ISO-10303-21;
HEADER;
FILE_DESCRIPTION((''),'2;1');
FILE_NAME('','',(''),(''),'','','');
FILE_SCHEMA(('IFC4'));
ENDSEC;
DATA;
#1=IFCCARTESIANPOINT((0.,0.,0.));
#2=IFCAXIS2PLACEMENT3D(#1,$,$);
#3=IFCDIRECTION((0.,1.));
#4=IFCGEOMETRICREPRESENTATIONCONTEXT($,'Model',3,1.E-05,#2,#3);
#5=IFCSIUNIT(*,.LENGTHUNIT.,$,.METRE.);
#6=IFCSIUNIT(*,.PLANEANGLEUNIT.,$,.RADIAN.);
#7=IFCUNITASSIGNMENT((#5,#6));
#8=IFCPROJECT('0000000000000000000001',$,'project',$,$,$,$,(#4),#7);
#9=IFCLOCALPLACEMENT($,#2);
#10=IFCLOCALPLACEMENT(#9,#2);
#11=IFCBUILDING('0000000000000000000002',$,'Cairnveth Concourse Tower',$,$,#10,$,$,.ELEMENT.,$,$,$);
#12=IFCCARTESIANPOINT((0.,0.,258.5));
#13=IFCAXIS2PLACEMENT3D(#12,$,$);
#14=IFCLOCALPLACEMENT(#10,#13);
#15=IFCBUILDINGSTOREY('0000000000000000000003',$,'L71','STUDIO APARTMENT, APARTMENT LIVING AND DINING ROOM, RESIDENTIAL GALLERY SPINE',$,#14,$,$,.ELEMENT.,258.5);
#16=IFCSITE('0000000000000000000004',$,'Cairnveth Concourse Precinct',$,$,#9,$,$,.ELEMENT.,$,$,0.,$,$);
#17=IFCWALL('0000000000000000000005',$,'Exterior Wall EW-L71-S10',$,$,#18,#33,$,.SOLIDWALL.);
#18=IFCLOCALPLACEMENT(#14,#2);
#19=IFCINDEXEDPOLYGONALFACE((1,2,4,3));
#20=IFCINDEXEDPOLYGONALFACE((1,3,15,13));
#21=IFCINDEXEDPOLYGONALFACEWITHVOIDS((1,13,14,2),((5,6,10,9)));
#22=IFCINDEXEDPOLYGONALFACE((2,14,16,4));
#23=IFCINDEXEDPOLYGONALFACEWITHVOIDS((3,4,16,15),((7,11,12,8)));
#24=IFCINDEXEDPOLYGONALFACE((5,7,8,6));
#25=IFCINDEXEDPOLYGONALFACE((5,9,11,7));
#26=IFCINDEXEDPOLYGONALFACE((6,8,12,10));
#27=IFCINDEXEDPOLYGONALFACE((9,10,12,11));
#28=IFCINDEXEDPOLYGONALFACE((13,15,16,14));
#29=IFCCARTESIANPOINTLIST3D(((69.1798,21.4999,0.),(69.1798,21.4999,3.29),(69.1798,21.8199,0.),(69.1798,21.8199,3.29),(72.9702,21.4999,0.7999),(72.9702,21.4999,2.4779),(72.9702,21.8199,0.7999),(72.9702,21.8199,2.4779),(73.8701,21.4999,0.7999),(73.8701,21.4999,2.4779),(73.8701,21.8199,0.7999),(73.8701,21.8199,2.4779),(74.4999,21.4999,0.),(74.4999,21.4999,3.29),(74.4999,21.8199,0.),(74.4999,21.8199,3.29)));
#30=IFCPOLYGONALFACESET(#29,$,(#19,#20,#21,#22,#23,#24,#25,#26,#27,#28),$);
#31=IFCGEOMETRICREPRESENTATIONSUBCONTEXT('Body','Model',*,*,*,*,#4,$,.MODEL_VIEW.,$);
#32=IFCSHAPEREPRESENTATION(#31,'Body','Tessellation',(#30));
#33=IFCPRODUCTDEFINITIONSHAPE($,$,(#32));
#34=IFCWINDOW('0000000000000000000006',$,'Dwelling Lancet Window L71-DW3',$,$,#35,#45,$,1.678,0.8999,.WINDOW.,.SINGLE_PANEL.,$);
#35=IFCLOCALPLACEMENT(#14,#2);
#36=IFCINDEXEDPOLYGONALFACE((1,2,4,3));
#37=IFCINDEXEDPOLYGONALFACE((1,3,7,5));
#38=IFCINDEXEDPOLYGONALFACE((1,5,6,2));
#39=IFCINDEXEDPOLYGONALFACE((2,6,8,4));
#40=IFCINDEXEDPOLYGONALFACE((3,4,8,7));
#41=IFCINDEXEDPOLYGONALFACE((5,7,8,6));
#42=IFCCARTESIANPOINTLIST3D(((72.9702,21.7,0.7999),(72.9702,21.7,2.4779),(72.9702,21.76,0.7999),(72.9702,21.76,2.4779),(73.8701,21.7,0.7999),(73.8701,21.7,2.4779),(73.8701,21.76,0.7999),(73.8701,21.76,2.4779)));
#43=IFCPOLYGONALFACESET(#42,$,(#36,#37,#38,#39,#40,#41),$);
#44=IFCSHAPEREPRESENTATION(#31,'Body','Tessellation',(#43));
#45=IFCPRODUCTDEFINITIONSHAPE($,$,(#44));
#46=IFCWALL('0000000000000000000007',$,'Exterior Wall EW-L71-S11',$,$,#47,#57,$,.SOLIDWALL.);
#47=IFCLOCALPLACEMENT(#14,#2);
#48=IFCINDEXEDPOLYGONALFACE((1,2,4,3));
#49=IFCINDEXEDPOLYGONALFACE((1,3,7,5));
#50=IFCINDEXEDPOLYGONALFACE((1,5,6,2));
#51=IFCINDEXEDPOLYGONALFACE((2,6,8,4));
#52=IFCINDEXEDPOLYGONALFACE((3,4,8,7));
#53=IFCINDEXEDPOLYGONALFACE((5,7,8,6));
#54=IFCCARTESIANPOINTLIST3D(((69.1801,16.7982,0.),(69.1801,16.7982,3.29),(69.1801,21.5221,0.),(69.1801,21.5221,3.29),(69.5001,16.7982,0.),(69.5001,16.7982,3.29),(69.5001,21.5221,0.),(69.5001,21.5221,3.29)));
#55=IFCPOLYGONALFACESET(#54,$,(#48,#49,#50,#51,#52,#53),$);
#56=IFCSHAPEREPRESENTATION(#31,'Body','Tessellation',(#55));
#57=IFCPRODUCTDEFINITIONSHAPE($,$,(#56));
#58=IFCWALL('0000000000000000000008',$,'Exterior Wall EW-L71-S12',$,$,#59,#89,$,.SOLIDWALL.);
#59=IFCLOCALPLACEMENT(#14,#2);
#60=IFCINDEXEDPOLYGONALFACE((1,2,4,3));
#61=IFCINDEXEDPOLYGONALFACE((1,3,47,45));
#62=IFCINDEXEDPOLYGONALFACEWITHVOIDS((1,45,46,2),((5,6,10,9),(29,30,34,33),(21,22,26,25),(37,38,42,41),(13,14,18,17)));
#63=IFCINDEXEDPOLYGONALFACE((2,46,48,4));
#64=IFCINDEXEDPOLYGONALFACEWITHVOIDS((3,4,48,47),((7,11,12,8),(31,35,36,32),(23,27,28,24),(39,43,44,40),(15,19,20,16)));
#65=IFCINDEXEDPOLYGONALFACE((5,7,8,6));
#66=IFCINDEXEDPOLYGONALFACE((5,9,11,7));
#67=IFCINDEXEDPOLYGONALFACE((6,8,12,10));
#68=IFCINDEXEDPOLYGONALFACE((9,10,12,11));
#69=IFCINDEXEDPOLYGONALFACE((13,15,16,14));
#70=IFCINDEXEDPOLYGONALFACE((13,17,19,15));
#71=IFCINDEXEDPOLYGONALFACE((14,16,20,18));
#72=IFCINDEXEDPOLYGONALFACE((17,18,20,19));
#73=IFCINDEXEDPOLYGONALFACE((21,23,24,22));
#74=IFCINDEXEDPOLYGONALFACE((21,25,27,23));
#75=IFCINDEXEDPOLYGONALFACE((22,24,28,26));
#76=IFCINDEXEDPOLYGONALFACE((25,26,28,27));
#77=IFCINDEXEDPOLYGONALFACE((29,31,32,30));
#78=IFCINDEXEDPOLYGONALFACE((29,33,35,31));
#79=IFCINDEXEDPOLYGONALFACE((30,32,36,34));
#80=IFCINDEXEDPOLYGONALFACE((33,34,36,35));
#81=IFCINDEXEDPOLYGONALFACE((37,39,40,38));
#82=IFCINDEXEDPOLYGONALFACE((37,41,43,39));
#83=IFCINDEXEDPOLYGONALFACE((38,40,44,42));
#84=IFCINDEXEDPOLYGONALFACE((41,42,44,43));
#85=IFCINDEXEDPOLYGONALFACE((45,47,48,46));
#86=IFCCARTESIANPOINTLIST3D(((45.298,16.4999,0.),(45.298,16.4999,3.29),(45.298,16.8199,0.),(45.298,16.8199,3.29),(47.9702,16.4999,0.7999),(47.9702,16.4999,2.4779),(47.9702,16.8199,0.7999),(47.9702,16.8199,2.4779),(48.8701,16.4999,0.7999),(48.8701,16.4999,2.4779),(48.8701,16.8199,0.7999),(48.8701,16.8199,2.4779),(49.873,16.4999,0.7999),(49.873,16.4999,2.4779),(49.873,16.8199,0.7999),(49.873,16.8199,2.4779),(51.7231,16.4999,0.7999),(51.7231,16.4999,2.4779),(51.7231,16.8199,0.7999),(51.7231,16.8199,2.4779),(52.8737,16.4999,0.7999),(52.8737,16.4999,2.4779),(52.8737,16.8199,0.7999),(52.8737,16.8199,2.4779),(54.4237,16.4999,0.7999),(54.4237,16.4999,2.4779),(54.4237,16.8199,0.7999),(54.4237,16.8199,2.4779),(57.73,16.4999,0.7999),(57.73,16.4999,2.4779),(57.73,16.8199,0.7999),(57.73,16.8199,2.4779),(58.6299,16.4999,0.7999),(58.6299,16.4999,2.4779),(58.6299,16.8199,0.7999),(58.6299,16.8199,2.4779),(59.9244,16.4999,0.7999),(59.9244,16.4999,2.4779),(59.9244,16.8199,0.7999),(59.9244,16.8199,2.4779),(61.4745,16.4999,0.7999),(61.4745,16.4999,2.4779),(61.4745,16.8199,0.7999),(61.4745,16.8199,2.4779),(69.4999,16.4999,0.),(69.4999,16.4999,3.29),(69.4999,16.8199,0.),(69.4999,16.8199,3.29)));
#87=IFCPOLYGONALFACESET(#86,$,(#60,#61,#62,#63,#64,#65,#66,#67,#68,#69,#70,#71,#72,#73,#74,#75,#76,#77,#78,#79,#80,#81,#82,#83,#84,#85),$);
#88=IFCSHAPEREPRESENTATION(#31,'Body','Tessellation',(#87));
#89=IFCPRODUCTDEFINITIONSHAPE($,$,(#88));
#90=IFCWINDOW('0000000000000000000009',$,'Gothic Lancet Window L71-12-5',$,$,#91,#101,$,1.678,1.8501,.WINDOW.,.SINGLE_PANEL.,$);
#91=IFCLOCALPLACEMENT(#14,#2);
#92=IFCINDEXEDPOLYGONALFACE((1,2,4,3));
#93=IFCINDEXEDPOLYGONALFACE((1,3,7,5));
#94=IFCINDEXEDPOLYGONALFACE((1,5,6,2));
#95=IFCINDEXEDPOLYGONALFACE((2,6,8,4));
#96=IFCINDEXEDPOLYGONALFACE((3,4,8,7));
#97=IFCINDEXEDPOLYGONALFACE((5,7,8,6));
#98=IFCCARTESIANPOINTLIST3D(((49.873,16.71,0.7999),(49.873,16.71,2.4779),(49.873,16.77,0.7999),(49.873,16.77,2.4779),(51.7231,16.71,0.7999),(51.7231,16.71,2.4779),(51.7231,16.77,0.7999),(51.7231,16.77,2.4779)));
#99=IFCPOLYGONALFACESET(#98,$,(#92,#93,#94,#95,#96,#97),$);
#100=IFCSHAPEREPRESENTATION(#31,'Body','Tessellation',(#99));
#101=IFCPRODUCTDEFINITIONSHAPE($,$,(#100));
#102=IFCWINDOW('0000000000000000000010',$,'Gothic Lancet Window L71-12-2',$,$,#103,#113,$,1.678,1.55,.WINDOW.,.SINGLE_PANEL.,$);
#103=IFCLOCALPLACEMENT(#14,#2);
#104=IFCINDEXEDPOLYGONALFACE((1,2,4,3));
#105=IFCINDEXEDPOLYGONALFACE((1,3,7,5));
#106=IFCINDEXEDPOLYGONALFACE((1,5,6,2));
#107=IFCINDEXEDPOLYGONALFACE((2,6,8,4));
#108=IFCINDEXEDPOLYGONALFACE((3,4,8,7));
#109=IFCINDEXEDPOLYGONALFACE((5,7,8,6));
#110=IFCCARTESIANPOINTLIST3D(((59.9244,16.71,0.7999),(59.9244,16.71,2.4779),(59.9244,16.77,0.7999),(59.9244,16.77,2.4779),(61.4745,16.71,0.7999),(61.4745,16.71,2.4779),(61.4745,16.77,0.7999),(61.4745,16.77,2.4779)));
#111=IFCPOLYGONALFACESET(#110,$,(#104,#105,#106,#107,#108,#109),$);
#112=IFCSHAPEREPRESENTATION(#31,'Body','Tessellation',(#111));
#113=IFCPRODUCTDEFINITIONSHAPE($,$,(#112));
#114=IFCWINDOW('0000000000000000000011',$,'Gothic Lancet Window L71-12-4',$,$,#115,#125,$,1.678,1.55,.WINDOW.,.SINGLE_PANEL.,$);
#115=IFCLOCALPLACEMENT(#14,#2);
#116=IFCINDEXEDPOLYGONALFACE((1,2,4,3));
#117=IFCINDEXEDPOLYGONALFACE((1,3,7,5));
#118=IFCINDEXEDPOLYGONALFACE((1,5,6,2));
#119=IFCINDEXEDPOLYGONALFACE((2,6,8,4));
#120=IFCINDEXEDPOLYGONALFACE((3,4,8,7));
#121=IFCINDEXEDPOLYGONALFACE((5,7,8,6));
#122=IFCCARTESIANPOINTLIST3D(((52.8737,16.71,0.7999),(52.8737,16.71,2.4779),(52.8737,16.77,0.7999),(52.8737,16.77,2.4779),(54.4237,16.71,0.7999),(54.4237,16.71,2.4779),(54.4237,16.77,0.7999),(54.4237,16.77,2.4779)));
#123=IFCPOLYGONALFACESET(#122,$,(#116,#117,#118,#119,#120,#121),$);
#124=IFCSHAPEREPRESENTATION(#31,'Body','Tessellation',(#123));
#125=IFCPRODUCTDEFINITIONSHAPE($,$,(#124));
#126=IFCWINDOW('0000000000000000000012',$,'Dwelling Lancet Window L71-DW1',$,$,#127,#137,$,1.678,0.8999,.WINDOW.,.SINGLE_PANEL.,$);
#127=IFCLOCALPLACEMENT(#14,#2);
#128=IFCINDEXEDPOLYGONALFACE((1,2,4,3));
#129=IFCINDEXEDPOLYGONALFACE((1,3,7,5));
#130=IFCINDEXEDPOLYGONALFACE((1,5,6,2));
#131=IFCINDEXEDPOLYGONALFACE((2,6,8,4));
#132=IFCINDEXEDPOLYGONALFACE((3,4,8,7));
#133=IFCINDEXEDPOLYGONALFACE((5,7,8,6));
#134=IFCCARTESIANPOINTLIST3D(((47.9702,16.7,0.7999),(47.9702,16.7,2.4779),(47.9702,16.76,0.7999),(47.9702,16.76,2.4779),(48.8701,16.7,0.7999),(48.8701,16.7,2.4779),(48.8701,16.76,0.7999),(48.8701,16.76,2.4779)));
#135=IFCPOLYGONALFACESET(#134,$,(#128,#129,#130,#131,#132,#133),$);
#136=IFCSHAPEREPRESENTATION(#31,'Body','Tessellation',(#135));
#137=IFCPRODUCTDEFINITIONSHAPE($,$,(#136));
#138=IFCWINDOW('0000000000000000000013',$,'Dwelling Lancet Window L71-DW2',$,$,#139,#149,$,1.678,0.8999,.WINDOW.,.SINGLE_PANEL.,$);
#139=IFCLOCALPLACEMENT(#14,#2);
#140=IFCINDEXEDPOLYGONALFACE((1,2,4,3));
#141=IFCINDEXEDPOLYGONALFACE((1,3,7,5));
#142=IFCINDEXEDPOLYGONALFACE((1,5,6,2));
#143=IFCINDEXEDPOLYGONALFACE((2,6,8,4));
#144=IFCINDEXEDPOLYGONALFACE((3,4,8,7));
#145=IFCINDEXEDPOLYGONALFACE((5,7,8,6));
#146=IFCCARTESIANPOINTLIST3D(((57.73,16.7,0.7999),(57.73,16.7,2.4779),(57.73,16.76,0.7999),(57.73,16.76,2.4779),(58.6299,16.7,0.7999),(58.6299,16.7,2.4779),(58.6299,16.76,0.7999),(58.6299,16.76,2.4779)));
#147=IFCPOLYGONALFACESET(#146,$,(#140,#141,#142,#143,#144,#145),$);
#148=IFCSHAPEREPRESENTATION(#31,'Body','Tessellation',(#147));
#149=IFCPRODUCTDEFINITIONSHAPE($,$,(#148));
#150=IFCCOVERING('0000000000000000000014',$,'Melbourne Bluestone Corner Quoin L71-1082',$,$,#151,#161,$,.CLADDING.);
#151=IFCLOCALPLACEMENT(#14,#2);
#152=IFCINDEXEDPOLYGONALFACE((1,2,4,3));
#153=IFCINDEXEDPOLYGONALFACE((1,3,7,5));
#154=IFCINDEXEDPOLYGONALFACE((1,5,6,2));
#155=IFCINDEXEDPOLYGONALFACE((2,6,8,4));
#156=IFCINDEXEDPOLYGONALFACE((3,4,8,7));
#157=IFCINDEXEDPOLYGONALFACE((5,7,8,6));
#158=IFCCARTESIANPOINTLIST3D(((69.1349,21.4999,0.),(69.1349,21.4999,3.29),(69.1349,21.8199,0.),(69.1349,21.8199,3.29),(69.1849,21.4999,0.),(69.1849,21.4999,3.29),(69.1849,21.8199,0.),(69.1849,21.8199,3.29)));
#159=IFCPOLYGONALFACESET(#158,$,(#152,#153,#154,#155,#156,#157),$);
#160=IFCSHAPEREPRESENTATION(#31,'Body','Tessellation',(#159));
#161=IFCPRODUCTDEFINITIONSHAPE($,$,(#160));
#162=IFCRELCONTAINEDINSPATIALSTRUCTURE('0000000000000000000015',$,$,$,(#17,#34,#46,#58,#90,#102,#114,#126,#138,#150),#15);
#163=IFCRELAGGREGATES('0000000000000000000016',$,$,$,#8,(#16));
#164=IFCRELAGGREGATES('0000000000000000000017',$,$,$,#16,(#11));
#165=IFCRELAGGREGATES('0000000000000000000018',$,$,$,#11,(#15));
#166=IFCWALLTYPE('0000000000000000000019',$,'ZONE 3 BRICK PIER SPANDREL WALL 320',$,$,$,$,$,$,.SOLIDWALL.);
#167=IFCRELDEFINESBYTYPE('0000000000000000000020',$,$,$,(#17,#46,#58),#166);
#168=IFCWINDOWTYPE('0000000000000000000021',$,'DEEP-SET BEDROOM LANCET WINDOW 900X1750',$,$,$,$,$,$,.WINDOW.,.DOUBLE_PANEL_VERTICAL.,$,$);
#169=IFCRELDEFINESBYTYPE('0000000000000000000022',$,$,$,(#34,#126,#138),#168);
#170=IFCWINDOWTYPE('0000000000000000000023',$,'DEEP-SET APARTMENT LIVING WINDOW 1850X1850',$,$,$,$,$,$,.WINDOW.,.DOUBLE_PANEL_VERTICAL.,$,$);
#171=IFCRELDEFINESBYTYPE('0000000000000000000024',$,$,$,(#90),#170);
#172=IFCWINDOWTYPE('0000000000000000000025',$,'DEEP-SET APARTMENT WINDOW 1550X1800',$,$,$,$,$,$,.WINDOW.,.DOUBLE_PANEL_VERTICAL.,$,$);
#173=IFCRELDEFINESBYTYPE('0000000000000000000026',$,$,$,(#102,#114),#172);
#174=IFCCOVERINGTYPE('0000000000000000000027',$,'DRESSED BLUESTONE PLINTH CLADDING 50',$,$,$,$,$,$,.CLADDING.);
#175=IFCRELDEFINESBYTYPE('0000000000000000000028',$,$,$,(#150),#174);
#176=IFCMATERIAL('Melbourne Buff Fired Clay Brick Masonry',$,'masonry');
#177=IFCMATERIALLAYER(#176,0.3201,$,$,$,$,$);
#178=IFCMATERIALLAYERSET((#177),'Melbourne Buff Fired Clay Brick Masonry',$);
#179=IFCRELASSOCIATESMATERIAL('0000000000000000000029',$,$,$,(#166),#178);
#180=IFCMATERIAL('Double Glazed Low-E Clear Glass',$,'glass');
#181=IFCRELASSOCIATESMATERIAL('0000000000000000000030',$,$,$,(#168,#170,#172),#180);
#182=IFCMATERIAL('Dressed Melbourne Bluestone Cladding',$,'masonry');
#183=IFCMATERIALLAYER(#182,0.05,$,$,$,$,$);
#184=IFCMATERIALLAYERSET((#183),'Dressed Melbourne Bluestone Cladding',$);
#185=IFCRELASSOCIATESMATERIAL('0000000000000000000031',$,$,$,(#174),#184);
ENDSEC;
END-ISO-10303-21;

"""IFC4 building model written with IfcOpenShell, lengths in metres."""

from ifc_helpers import new_model, si_unit, direction, frame, frame_2d, origin, place, context, subcontext, project, spatial, rectangle, extrude, material, layer, layer_set, type_object, element, fill, save


model = new_model("IFC4")

# Units and contexts
model_context = context("Model", 3, precision=1e-05, world=origin(), true_north=direction((0.0, 1.0)))
body_context = subcontext(model_context, "Body", "Model", "MODEL_VIEW")
ifc_project = project(units=[si_unit("LENGTHUNIT", "METRE"), si_unit("PLANEANGLEUNIT", "RADIAN")], contexts=[model_context])

# Site, building, storey
site_placement = place(None, origin())
site = spatial("IfcSite", under=ifc_project, at=site_placement, Name="Cairnveth Concourse Precinct", CompositionType="ELEMENT", RefElevation=0.0)
building_placement = place(site_placement, origin())
building = spatial("IfcBuilding", under=site, at=building_placement, Name="Cairnveth Concourse Tower", CompositionType="ELEMENT")
storey_placement = place(building_placement, frame((0.0, 0.0, 258.5)))
storey = spatial("IfcBuildingStorey", under=building, at=storey_placement, Name="L71", Description="STUDIO APARTMENT, APARTMENT LIVING AND DINING ROOM, RESIDENTIAL GALLERY SPINE", CompositionType="ELEMENT", Elevation=258.5)

# Wall, opening, window
ifc_material_1 = material(Name="Melbourne Buff Fired Clay Brick Masonry", Category="masonry")
ifc_layer_1 = layer(ifc_material_1, 0.3201)
ifc_layer_set_1 = layer_set([ifc_layer_1], Name="Melbourne Buff Fired Clay Brick Masonry")
wall_type_1 = type_object("IfcWallType", Name="ZONE 3 BRICK PIER SPANDREL WALL 320", PredefinedType="SOLIDWALL", material=ifc_layer_set_1)
wall_1_placement = place(storey_placement, frame((74.5, 21.6599, 0.0), z_axis=(0.0, 0.0, 1.0), x_axis=(-1.0, 0.0, 0.0)))
wall_1 = element("IfcWall", 1, at=wall_1_placement, inside=storey, type_object=wall_type_1, Name="Exterior Wall EW-L71-S10", PredefinedType="SOLIDWALL", context=body_context, shape_type="SweptSolid", body=[
    extrude(rectangle(XDim=5.3201, YDim=0.3201, at=frame_2d((2.6602, 0.0))), origin(), (0.0, 0.0, 1.0), 3.29),
])
opening_1_placement = place(wall_1_placement, frame((0.6299, 0.0, 0.8)))
opening_1 = element("IfcOpeningElement", 2, at=opening_1_placement, cuts=wall_1, PredefinedType="OPENING", context=body_context, shape_type="SweptSolid", body=[
    extrude(rectangle(XDim=0.8999, YDim=1.678, at=frame_2d((0.45, 0.8389))), frame((0.0, 0.1699, 0.0), z_axis=(0.0, -1.0, 0.0), x_axis=(1.0, 0.0, 0.0)), (0.0, 0.0, 1.0), 0.3401),
])
ifc_material_2 = material(Name="Double Glazed Low-E Clear Glass", Category="glass")
window_type_1 = type_object("IfcWindowType", Name="DEEP-SET BEDROOM LANCET WINDOW 900X1750", PartitioningType="DOUBLE_PANEL_VERTICAL", PredefinedType="WINDOW", material=ifc_material_2)
window_1_placement = place(opening_1_placement, origin())
window_1 = element("IfcWindow", 3, at=window_1_placement, inside=storey, type_object=window_type_1, Name="Dwelling Lancet Window L71-DW3", OverallHeight=1.678, OverallWidth=0.8999, PartitioningType="SINGLE_PANEL", PredefinedType="WINDOW", context=body_context, shape_type="SweptSolid", body=[
    extrude(rectangle(XDim=0.8999, YDim=1.678, at=frame_2d((0.45, 0.8389))), frame((0.0, -0.04, 0.0), z_axis=(0.0, -1.0, 0.0), x_axis=(1.0, 0.0, 0.0)), (0.0, 0.0, 1.0), 0.0601),
])
fill(opening_1, window_1)

# Wall
wall_2_placement = place(storey_placement, frame((69.3401, 21.522, 0.0), z_axis=(0.0, 0.0, 1.0), x_axis=(0.0, -1.0, 0.0)))
element("IfcWall", 4, at=wall_2_placement, inside=storey, type_object=wall_type_1, Name="Exterior Wall EW-L71-S11", PredefinedType="SOLIDWALL", context=body_context, shape_type="SweptSolid", body=[
    extrude(rectangle(XDim=4.7239, YDim=0.3201, at=frame_2d((2.3618, 0.0))), origin(), (0.0, 0.0, 1.0), 3.29),
])

# Wall, openings, windows
wall_3_placement = place(storey_placement, frame((69.5, 16.6599, 0.0), z_axis=(0.0, 0.0, 1.0), x_axis=(-1.0, 0.0, 0.0)))
wall_3 = element("IfcWall", 5, at=wall_3_placement, inside=storey, type_object=wall_type_1, Name="Exterior Wall EW-L71-S12", PredefinedType="SOLIDWALL", context=body_context, shape_type="SweptSolid", body=[
    extrude(rectangle(XDim=24.2019, YDim=0.3201, at=frame_2d((12.1011, 0.0))), origin(), (0.0, 0.0, 1.0), 3.29),
])
opening_2_placement = place(wall_3_placement, frame((8.0256, 0.0, 0.8)))
opening_2 = element("IfcOpeningElement", 6, at=opening_2_placement, cuts=wall_3, PredefinedType="OPENING", context=body_context, shape_type="SweptSolid", body=[
    extrude(rectangle(XDim=1.55, YDim=1.678, at=frame_2d((0.7749, 0.8389))), frame((0.0, 0.1699, 0.0), z_axis=(0.0, -1.0, 0.0), x_axis=(1.0, 0.0, 0.0)), (0.0, 0.0, 1.0), 0.3401),
])
opening_3_placement = place(wall_3_placement, frame((15.0764, 0.0, 0.8)))
opening_3 = element("IfcOpeningElement", 7, at=opening_3_placement, cuts=wall_3, PredefinedType="OPENING", context=body_context, shape_type="SweptSolid", body=[
    extrude(rectangle(XDim=1.55, YDim=1.678, at=frame_2d((0.7749, 0.8389))), frame((0.0, 0.1699, 0.0), z_axis=(0.0, -1.0, 0.0), x_axis=(1.0, 0.0, 0.0)), (0.0, 0.0, 1.0), 0.3401),
])
opening_4_placement = place(wall_3_placement, frame((17.7769, 0.0, 0.8)))
opening_4 = element("IfcOpeningElement", 8, at=opening_4_placement, cuts=wall_3, PredefinedType="OPENING", context=body_context, shape_type="SweptSolid", body=[
    extrude(rectangle(XDim=1.8501, YDim=1.678, at=frame_2d((0.925, 0.8389))), frame((0.0, 0.1699, 0.0), z_axis=(0.0, -1.0, 0.0), x_axis=(1.0, 0.0, 0.0)), (0.0, 0.0, 1.0), 0.3401),
])
opening_5_placement = place(wall_3_placement, frame((20.6299, 0.0, 0.8)))
opening_5 = element("IfcOpeningElement", 9, at=opening_5_placement, cuts=wall_3, PredefinedType="OPENING", context=body_context, shape_type="SweptSolid", body=[
    extrude(rectangle(XDim=0.8999, YDim=1.678, at=frame_2d((0.45, 0.8389))), frame((0.0, 0.1699, 0.0), z_axis=(0.0, -1.0, 0.0), x_axis=(1.0, 0.0, 0.0)), (0.0, 0.0, 1.0), 0.3401),
])
opening_6_placement = place(wall_3_placement, frame((10.8701, 0.0, 0.8)))
opening_6 = element("IfcOpeningElement", 10, at=opening_6_placement, cuts=wall_3, PredefinedType="OPENING", context=body_context, shape_type="SweptSolid", body=[
    extrude(rectangle(XDim=0.8999, YDim=1.678, at=frame_2d((0.45, 0.8389))), frame((0.0, 0.1699, 0.0), z_axis=(0.0, -1.0, 0.0), x_axis=(1.0, 0.0, 0.0)), (0.0, 0.0, 1.0), 0.3401),
])
window_type_2 = type_object("IfcWindowType", Name="DEEP-SET APARTMENT LIVING WINDOW 1850X1850", PartitioningType="DOUBLE_PANEL_VERTICAL", PredefinedType="WINDOW", material=ifc_material_2)
window_2_placement = place(opening_4_placement, origin())
window_2 = element("IfcWindow", 11, at=window_2_placement, inside=storey, type_object=window_type_2, Name="Gothic Lancet Window L71-12-5", OverallHeight=1.678, OverallWidth=1.8501, PartitioningType="SINGLE_PANEL", PredefinedType="WINDOW", context=body_context, shape_type="SweptSolid", body=[
    extrude(rectangle(XDim=1.8501, YDim=1.678, at=frame_2d((0.925, 0.8389))), frame((0.0, -0.05, 0.0), z_axis=(0.0, -1.0, 0.0), x_axis=(1.0, 0.0, 0.0)), (0.0, 0.0, 1.0), 0.0601),
])
fill(opening_4, window_2)
window_type_3 = type_object("IfcWindowType", Name="DEEP-SET APARTMENT WINDOW 1550X1800", PartitioningType="DOUBLE_PANEL_VERTICAL", PredefinedType="WINDOW", material=ifc_material_2)
window_3_placement = place(opening_2_placement, origin())
window_3 = element("IfcWindow", 12, at=window_3_placement, inside=storey, type_object=window_type_3, Name="Gothic Lancet Window L71-12-2", OverallHeight=1.678, OverallWidth=1.55, PartitioningType="SINGLE_PANEL", PredefinedType="WINDOW", context=body_context, shape_type="SweptSolid", body=[
    extrude(rectangle(XDim=1.55, YDim=1.678, at=frame_2d((0.7749, 0.8389))), frame((0.0, -0.05, 0.0), z_axis=(0.0, -1.0, 0.0), x_axis=(1.0, 0.0, 0.0)), (0.0, 0.0, 1.0), 0.0601),
])
fill(opening_2, window_3)
window_4_placement = place(opening_3_placement, origin())
window_4 = element("IfcWindow", 13, at=window_4_placement, inside=storey, type_object=window_type_3, Name="Gothic Lancet Window L71-12-4", OverallHeight=1.678, OverallWidth=1.55, PartitioningType="SINGLE_PANEL", PredefinedType="WINDOW", context=body_context, shape_type="SweptSolid", body=[
    extrude(rectangle(XDim=1.55, YDim=1.678, at=frame_2d((0.7749, 0.8389))), frame((0.0, -0.05, 0.0), z_axis=(0.0, -1.0, 0.0), x_axis=(1.0, 0.0, 0.0)), (0.0, 0.0, 1.0), 0.0601),
])
fill(opening_3, window_4)
window_5_placement = place(opening_5_placement, origin())
window_5 = element("IfcWindow", 14, at=window_5_placement, inside=storey, type_object=window_type_1, Name="Dwelling Lancet Window L71-DW1", OverallHeight=1.678, OverallWidth=0.8999, PartitioningType="SINGLE_PANEL", PredefinedType="WINDOW", context=body_context, shape_type="SweptSolid", body=[
    extrude(rectangle(XDim=0.8999, YDim=1.678, at=frame_2d((0.45, 0.8389))), frame((0.0, -0.04, 0.0), z_axis=(0.0, -1.0, 0.0), x_axis=(1.0, 0.0, 0.0)), (0.0, 0.0, 1.0), 0.0601),
])
fill(opening_5, window_5)
window_6_placement = place(opening_6_placement, origin())
window_6 = element("IfcWindow", 15, at=window_6_placement, inside=storey, type_object=window_type_1, Name="Dwelling Lancet Window L71-DW2", OverallHeight=1.678, OverallWidth=0.8999, PartitioningType="SINGLE_PANEL", PredefinedType="WINDOW", context=body_context, shape_type="SweptSolid", body=[
    extrude(rectangle(XDim=0.8999, YDim=1.678, at=frame_2d((0.45, 0.8389))), frame((0.0, -0.04, 0.0), z_axis=(0.0, -1.0, 0.0), x_axis=(1.0, 0.0, 0.0)), (0.0, 0.0, 1.0), 0.0601),
])
fill(opening_6, window_6)

# Covering
ifc_material_3 = material(Name="Dressed Melbourne Bluestone Cladding", Category="masonry")
ifc_layer_2 = layer(ifc_material_3, 0.05)
ifc_layer_set_2 = layer_set([ifc_layer_2], Name="Dressed Melbourne Bluestone Cladding")
covering_type = type_object("IfcCoveringType", Name="DRESSED BLUESTONE PLINTH CLADDING 50", PredefinedType="CLADDING", material=ifc_layer_set_2)
for number, where, z_axis, x_axis, name in (
    (16, (69.1599, 21.8201, 0.0), (0.0, 0.0, 1.0), (0.0, -1.0, 0.0), "Melbourne Bluestone Corner Quoin L71-1082"),
):
    element("IfcCovering", number, at=place(storey_placement, frame(where, z_axis=z_axis, x_axis=x_axis)), inside=storey, type_object=covering_type, Name=name, PredefinedType="CLADDING", context=body_context, shape_type="SweptSolid", body=[
        extrude(rectangle(XDim=0.3201, YDim=0.05, at=frame_2d((0.1602, 0.0))), origin(), (0.0, 0.0, 1.0), 3.29),
    ])

save(model, "model.ifc")
